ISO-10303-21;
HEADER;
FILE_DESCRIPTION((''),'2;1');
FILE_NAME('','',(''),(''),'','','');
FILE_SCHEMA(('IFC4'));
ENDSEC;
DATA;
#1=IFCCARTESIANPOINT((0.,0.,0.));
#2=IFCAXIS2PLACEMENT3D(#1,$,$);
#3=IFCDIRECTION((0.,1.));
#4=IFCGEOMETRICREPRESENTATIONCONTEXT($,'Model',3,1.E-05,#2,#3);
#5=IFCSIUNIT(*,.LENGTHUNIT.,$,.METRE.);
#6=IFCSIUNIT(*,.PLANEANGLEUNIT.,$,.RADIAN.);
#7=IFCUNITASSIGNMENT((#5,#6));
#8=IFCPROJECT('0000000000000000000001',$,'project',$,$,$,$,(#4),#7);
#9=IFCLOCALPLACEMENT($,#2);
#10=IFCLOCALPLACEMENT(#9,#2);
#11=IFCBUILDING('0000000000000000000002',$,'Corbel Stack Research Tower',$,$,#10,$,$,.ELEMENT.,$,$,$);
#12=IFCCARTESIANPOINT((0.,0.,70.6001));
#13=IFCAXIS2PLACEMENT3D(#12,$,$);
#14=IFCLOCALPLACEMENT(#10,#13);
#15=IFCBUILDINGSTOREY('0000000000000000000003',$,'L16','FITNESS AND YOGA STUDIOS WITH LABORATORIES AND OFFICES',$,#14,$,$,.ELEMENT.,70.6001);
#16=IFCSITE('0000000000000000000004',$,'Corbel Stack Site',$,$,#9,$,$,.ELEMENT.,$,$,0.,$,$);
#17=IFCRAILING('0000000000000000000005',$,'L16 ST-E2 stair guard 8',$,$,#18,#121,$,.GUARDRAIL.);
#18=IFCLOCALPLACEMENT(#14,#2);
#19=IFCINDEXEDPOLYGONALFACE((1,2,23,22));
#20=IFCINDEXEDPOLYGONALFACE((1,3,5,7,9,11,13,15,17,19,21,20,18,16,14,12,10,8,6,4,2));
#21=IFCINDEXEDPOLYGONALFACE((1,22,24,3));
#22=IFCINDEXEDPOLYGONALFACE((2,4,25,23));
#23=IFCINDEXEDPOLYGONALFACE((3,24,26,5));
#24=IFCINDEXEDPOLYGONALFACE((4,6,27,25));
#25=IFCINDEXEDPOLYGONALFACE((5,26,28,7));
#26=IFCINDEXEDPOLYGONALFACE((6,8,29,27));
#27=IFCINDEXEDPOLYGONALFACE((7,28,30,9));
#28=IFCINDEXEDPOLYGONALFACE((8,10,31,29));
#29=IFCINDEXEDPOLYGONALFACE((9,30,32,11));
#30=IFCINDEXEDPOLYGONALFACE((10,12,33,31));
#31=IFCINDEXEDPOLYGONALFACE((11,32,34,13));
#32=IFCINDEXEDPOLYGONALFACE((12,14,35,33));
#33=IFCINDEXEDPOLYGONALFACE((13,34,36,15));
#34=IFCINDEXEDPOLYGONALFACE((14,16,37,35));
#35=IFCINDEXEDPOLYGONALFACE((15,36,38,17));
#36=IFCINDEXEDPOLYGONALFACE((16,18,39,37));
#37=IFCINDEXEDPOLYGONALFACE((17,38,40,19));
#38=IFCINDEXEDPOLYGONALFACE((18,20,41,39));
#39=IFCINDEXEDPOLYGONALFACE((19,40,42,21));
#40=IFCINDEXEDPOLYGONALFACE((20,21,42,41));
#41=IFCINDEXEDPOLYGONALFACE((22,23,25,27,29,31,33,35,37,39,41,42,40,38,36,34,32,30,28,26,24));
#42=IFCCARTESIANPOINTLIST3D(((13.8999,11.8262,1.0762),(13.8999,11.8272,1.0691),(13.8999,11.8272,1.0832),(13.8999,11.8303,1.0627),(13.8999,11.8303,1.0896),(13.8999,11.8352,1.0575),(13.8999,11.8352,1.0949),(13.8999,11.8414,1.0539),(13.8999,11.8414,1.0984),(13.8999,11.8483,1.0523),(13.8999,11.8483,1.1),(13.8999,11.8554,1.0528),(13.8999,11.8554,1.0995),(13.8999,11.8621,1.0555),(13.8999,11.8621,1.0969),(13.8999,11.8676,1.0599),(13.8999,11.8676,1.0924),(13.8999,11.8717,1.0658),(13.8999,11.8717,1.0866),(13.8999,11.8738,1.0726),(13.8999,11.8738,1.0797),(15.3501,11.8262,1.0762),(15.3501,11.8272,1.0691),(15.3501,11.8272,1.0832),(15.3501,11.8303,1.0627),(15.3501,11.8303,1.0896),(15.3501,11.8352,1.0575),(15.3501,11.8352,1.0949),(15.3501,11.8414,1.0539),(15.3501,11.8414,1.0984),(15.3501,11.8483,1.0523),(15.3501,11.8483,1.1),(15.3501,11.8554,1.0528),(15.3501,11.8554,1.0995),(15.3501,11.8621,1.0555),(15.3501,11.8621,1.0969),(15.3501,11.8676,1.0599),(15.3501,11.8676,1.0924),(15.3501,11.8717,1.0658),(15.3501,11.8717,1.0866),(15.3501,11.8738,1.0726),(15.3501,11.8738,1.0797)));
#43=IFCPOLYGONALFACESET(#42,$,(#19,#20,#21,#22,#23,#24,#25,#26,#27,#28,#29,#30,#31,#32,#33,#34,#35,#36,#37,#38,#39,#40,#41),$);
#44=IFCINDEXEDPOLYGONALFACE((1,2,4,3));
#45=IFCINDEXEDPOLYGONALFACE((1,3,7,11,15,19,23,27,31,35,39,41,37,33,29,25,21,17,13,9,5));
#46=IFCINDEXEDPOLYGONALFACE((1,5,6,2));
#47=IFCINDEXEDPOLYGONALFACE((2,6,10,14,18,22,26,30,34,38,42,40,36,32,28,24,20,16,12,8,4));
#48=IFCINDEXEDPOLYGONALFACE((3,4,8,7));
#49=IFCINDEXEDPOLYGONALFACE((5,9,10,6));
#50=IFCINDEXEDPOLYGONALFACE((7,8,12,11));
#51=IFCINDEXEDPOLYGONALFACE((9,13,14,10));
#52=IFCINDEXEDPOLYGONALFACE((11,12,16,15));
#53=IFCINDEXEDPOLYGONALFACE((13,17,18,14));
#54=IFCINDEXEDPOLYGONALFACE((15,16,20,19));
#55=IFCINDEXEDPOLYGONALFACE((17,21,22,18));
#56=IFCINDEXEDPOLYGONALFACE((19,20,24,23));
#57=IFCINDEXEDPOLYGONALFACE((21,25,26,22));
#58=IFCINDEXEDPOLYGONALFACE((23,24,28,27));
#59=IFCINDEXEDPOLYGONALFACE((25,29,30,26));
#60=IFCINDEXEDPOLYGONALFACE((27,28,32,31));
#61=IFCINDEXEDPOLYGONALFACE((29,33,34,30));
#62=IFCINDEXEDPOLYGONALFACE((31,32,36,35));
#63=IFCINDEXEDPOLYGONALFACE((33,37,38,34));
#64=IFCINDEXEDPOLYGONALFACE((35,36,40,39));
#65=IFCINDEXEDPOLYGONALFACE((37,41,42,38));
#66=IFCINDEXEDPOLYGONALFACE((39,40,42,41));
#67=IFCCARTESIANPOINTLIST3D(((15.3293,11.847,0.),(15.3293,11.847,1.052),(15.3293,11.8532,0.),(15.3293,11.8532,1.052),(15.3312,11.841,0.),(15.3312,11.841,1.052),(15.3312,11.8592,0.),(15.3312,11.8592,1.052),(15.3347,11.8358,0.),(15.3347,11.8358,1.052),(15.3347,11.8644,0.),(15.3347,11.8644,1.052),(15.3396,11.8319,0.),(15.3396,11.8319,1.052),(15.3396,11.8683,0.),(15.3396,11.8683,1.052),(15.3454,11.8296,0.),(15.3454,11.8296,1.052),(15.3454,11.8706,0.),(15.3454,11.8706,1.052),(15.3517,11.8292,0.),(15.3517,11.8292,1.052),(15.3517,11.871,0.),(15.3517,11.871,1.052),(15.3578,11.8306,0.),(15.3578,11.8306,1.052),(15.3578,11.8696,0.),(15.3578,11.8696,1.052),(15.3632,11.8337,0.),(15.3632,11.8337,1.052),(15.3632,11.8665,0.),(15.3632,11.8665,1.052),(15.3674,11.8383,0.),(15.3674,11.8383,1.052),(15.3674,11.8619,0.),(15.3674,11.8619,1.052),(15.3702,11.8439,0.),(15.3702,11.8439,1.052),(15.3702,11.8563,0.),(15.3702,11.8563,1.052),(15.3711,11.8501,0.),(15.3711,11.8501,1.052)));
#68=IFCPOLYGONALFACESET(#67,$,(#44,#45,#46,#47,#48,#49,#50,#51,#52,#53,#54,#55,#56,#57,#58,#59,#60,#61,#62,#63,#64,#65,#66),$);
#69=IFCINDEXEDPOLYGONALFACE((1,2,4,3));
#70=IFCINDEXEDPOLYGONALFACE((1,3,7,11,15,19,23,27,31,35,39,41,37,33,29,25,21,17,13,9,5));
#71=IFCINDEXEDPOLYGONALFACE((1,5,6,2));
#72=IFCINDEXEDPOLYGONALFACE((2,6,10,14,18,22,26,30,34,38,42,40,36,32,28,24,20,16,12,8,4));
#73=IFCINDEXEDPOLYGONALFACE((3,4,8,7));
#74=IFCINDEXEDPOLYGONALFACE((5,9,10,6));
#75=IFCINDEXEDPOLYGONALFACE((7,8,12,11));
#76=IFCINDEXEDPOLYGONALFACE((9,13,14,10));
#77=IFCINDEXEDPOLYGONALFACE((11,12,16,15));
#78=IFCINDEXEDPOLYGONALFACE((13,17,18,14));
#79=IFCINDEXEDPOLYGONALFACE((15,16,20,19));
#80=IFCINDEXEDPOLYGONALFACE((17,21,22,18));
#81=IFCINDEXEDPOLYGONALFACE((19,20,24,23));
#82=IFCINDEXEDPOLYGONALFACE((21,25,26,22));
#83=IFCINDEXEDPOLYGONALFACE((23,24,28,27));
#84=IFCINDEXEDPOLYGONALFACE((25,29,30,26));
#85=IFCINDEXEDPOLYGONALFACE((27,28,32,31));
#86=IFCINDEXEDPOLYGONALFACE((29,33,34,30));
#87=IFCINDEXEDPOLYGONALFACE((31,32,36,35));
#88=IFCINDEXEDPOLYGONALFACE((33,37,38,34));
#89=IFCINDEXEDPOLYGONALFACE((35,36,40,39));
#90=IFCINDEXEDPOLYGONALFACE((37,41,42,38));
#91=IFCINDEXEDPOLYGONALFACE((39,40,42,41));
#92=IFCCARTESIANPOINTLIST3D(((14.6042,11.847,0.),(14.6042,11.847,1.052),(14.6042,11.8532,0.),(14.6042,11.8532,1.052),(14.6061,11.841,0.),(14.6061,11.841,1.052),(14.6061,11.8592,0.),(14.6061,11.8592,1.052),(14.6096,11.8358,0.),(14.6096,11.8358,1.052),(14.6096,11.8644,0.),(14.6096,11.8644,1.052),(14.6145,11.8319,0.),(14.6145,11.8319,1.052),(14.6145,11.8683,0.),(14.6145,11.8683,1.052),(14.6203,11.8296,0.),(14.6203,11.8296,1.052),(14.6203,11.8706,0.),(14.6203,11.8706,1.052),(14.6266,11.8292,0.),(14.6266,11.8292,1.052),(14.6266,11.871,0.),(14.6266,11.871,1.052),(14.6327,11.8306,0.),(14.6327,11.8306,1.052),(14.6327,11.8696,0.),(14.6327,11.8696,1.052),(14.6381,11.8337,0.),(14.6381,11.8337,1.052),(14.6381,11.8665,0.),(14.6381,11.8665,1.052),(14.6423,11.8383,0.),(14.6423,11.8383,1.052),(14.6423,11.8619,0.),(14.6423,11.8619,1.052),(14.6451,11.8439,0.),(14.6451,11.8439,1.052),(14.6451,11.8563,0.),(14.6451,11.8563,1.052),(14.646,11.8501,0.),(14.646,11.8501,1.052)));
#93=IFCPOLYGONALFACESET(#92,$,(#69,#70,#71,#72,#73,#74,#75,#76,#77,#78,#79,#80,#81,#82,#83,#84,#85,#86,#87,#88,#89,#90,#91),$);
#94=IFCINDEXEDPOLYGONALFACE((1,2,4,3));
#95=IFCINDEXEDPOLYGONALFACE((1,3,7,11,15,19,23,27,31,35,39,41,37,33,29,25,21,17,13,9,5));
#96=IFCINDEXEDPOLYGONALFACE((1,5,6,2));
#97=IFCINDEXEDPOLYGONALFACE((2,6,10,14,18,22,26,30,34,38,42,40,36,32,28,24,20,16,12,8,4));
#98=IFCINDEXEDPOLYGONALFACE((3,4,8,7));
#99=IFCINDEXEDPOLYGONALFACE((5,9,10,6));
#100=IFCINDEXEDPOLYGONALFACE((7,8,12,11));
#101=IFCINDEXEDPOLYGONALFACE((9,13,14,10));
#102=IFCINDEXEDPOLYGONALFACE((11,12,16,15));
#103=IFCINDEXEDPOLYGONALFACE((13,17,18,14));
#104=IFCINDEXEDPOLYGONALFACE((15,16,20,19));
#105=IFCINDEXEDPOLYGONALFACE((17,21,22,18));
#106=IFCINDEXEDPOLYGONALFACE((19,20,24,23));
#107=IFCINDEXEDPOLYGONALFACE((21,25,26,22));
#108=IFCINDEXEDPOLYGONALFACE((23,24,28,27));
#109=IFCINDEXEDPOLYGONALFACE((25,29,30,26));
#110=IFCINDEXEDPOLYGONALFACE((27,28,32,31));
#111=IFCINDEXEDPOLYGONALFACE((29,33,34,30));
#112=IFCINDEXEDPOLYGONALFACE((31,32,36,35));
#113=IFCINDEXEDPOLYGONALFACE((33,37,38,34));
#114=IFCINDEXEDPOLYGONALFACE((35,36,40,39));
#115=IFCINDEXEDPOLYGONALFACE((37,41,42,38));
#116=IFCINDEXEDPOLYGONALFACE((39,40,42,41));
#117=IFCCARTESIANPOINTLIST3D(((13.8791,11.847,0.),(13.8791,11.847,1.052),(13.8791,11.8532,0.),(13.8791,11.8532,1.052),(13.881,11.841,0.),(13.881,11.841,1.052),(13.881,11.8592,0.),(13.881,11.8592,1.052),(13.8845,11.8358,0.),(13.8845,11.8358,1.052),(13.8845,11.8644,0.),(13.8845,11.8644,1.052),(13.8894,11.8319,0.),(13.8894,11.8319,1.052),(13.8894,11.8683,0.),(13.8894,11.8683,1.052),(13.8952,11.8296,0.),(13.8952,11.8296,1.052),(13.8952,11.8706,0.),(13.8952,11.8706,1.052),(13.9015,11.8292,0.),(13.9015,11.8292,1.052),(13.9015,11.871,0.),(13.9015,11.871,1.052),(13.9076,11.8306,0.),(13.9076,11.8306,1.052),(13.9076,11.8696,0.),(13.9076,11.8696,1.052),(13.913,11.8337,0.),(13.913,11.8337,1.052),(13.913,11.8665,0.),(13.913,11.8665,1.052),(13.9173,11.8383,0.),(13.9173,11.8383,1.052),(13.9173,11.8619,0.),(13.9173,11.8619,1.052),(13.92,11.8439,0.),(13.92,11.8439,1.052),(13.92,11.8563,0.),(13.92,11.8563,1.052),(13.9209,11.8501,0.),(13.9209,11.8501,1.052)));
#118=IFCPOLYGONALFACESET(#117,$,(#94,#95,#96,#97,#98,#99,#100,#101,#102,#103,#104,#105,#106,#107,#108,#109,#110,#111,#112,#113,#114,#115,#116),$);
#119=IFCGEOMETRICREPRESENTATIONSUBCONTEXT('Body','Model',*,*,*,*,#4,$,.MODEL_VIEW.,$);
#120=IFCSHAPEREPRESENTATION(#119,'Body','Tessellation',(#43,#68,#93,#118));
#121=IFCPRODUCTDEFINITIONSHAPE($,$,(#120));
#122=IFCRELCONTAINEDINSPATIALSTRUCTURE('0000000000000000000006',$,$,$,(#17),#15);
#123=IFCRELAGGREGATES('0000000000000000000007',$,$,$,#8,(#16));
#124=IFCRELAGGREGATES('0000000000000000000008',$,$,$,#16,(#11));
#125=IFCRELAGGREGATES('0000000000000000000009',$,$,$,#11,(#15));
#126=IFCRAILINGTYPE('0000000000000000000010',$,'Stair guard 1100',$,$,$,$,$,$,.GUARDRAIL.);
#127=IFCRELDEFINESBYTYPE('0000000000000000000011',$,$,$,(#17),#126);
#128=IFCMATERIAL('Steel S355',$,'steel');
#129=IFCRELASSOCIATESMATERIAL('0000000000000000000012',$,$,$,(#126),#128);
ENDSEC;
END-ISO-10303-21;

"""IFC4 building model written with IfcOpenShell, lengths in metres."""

from ifc_helpers import new_model, si_unit, direction, frame, origin, origin_2d, place, context, subcontext, project, spatial, circle, extrude, material, type_object, element, save


model = new_model("IFC4")

# Units and contexts
model_context = context("Model", 3, precision=1e-05, world=origin(), true_north=direction((0.0, 1.0)))
body_context = subcontext(model_context, "Body", "Model", "MODEL_VIEW")
ifc_project = project(units=[si_unit("LENGTHUNIT", "METRE"), si_unit("PLANEANGLEUNIT", "RADIAN")], contexts=[model_context])

# Site, building, storey
site_placement = place(None, origin())
site = spatial("IfcSite", under=ifc_project, at=site_placement, Name="Corbel Stack Site", CompositionType="ELEMENT", RefElevation=0.0)
building_placement = place(site_placement, origin())
building = spatial("IfcBuilding", under=site, at=building_placement, Name="Corbel Stack Research Tower", CompositionType="ELEMENT")
storey_placement = place(building_placement, frame((0.0, 0.0, 70.6001)))
storey = spatial("IfcBuildingStorey", under=building, at=storey_placement, Name="L16", Description="FITNESS AND YOGA STUDIOS WITH LABORATORIES AND OFFICES", CompositionType="ELEMENT", Elevation=70.6001)

# Railing
ifc_material_1 = material(Name="Steel S355", Category="steel")
railing_type_1 = type_object("IfcRailingType", Name="Stair guard 1100", PredefinedType="GUARDRAIL", material=ifc_material_1)
railing_1_placement = place(storey_placement, frame((15.3501, 11.8501, 0.0)))
element("IfcRailing", 1, at=railing_1_placement, inside=storey, type_object=railing_type_1, Name="L16 ST-E2 stair guard 8", PredefinedType="GUARDRAIL", context=body_context, shape_type="SweptSolid", body=[
    extrude(circle(Radius=0.0239, at=origin_2d()), frame((0.0, 0.0, 1.0762), z_axis=(-1.0, 0.0, 0.0), x_axis=(0.0, -1.0, 0.0)), (0.0, 0.0, 1.0), 1.4502),
    extrude(circle(Radius=0.021, at=origin_2d()), origin(), (0.0, 0.0, 1.0), 1.052),
    extrude(circle(Radius=0.021, at=origin_2d()), frame((-0.7251, 0.0, 0.0)), (0.0, 0.0, 1.0), 1.052),
    extrude(circle(Radius=0.021, at=origin_2d()), frame((-1.4502, 0.0, 0.0)), (0.0, 0.0, 1.0), 1.052),
])

save(model, "model.ifc")
